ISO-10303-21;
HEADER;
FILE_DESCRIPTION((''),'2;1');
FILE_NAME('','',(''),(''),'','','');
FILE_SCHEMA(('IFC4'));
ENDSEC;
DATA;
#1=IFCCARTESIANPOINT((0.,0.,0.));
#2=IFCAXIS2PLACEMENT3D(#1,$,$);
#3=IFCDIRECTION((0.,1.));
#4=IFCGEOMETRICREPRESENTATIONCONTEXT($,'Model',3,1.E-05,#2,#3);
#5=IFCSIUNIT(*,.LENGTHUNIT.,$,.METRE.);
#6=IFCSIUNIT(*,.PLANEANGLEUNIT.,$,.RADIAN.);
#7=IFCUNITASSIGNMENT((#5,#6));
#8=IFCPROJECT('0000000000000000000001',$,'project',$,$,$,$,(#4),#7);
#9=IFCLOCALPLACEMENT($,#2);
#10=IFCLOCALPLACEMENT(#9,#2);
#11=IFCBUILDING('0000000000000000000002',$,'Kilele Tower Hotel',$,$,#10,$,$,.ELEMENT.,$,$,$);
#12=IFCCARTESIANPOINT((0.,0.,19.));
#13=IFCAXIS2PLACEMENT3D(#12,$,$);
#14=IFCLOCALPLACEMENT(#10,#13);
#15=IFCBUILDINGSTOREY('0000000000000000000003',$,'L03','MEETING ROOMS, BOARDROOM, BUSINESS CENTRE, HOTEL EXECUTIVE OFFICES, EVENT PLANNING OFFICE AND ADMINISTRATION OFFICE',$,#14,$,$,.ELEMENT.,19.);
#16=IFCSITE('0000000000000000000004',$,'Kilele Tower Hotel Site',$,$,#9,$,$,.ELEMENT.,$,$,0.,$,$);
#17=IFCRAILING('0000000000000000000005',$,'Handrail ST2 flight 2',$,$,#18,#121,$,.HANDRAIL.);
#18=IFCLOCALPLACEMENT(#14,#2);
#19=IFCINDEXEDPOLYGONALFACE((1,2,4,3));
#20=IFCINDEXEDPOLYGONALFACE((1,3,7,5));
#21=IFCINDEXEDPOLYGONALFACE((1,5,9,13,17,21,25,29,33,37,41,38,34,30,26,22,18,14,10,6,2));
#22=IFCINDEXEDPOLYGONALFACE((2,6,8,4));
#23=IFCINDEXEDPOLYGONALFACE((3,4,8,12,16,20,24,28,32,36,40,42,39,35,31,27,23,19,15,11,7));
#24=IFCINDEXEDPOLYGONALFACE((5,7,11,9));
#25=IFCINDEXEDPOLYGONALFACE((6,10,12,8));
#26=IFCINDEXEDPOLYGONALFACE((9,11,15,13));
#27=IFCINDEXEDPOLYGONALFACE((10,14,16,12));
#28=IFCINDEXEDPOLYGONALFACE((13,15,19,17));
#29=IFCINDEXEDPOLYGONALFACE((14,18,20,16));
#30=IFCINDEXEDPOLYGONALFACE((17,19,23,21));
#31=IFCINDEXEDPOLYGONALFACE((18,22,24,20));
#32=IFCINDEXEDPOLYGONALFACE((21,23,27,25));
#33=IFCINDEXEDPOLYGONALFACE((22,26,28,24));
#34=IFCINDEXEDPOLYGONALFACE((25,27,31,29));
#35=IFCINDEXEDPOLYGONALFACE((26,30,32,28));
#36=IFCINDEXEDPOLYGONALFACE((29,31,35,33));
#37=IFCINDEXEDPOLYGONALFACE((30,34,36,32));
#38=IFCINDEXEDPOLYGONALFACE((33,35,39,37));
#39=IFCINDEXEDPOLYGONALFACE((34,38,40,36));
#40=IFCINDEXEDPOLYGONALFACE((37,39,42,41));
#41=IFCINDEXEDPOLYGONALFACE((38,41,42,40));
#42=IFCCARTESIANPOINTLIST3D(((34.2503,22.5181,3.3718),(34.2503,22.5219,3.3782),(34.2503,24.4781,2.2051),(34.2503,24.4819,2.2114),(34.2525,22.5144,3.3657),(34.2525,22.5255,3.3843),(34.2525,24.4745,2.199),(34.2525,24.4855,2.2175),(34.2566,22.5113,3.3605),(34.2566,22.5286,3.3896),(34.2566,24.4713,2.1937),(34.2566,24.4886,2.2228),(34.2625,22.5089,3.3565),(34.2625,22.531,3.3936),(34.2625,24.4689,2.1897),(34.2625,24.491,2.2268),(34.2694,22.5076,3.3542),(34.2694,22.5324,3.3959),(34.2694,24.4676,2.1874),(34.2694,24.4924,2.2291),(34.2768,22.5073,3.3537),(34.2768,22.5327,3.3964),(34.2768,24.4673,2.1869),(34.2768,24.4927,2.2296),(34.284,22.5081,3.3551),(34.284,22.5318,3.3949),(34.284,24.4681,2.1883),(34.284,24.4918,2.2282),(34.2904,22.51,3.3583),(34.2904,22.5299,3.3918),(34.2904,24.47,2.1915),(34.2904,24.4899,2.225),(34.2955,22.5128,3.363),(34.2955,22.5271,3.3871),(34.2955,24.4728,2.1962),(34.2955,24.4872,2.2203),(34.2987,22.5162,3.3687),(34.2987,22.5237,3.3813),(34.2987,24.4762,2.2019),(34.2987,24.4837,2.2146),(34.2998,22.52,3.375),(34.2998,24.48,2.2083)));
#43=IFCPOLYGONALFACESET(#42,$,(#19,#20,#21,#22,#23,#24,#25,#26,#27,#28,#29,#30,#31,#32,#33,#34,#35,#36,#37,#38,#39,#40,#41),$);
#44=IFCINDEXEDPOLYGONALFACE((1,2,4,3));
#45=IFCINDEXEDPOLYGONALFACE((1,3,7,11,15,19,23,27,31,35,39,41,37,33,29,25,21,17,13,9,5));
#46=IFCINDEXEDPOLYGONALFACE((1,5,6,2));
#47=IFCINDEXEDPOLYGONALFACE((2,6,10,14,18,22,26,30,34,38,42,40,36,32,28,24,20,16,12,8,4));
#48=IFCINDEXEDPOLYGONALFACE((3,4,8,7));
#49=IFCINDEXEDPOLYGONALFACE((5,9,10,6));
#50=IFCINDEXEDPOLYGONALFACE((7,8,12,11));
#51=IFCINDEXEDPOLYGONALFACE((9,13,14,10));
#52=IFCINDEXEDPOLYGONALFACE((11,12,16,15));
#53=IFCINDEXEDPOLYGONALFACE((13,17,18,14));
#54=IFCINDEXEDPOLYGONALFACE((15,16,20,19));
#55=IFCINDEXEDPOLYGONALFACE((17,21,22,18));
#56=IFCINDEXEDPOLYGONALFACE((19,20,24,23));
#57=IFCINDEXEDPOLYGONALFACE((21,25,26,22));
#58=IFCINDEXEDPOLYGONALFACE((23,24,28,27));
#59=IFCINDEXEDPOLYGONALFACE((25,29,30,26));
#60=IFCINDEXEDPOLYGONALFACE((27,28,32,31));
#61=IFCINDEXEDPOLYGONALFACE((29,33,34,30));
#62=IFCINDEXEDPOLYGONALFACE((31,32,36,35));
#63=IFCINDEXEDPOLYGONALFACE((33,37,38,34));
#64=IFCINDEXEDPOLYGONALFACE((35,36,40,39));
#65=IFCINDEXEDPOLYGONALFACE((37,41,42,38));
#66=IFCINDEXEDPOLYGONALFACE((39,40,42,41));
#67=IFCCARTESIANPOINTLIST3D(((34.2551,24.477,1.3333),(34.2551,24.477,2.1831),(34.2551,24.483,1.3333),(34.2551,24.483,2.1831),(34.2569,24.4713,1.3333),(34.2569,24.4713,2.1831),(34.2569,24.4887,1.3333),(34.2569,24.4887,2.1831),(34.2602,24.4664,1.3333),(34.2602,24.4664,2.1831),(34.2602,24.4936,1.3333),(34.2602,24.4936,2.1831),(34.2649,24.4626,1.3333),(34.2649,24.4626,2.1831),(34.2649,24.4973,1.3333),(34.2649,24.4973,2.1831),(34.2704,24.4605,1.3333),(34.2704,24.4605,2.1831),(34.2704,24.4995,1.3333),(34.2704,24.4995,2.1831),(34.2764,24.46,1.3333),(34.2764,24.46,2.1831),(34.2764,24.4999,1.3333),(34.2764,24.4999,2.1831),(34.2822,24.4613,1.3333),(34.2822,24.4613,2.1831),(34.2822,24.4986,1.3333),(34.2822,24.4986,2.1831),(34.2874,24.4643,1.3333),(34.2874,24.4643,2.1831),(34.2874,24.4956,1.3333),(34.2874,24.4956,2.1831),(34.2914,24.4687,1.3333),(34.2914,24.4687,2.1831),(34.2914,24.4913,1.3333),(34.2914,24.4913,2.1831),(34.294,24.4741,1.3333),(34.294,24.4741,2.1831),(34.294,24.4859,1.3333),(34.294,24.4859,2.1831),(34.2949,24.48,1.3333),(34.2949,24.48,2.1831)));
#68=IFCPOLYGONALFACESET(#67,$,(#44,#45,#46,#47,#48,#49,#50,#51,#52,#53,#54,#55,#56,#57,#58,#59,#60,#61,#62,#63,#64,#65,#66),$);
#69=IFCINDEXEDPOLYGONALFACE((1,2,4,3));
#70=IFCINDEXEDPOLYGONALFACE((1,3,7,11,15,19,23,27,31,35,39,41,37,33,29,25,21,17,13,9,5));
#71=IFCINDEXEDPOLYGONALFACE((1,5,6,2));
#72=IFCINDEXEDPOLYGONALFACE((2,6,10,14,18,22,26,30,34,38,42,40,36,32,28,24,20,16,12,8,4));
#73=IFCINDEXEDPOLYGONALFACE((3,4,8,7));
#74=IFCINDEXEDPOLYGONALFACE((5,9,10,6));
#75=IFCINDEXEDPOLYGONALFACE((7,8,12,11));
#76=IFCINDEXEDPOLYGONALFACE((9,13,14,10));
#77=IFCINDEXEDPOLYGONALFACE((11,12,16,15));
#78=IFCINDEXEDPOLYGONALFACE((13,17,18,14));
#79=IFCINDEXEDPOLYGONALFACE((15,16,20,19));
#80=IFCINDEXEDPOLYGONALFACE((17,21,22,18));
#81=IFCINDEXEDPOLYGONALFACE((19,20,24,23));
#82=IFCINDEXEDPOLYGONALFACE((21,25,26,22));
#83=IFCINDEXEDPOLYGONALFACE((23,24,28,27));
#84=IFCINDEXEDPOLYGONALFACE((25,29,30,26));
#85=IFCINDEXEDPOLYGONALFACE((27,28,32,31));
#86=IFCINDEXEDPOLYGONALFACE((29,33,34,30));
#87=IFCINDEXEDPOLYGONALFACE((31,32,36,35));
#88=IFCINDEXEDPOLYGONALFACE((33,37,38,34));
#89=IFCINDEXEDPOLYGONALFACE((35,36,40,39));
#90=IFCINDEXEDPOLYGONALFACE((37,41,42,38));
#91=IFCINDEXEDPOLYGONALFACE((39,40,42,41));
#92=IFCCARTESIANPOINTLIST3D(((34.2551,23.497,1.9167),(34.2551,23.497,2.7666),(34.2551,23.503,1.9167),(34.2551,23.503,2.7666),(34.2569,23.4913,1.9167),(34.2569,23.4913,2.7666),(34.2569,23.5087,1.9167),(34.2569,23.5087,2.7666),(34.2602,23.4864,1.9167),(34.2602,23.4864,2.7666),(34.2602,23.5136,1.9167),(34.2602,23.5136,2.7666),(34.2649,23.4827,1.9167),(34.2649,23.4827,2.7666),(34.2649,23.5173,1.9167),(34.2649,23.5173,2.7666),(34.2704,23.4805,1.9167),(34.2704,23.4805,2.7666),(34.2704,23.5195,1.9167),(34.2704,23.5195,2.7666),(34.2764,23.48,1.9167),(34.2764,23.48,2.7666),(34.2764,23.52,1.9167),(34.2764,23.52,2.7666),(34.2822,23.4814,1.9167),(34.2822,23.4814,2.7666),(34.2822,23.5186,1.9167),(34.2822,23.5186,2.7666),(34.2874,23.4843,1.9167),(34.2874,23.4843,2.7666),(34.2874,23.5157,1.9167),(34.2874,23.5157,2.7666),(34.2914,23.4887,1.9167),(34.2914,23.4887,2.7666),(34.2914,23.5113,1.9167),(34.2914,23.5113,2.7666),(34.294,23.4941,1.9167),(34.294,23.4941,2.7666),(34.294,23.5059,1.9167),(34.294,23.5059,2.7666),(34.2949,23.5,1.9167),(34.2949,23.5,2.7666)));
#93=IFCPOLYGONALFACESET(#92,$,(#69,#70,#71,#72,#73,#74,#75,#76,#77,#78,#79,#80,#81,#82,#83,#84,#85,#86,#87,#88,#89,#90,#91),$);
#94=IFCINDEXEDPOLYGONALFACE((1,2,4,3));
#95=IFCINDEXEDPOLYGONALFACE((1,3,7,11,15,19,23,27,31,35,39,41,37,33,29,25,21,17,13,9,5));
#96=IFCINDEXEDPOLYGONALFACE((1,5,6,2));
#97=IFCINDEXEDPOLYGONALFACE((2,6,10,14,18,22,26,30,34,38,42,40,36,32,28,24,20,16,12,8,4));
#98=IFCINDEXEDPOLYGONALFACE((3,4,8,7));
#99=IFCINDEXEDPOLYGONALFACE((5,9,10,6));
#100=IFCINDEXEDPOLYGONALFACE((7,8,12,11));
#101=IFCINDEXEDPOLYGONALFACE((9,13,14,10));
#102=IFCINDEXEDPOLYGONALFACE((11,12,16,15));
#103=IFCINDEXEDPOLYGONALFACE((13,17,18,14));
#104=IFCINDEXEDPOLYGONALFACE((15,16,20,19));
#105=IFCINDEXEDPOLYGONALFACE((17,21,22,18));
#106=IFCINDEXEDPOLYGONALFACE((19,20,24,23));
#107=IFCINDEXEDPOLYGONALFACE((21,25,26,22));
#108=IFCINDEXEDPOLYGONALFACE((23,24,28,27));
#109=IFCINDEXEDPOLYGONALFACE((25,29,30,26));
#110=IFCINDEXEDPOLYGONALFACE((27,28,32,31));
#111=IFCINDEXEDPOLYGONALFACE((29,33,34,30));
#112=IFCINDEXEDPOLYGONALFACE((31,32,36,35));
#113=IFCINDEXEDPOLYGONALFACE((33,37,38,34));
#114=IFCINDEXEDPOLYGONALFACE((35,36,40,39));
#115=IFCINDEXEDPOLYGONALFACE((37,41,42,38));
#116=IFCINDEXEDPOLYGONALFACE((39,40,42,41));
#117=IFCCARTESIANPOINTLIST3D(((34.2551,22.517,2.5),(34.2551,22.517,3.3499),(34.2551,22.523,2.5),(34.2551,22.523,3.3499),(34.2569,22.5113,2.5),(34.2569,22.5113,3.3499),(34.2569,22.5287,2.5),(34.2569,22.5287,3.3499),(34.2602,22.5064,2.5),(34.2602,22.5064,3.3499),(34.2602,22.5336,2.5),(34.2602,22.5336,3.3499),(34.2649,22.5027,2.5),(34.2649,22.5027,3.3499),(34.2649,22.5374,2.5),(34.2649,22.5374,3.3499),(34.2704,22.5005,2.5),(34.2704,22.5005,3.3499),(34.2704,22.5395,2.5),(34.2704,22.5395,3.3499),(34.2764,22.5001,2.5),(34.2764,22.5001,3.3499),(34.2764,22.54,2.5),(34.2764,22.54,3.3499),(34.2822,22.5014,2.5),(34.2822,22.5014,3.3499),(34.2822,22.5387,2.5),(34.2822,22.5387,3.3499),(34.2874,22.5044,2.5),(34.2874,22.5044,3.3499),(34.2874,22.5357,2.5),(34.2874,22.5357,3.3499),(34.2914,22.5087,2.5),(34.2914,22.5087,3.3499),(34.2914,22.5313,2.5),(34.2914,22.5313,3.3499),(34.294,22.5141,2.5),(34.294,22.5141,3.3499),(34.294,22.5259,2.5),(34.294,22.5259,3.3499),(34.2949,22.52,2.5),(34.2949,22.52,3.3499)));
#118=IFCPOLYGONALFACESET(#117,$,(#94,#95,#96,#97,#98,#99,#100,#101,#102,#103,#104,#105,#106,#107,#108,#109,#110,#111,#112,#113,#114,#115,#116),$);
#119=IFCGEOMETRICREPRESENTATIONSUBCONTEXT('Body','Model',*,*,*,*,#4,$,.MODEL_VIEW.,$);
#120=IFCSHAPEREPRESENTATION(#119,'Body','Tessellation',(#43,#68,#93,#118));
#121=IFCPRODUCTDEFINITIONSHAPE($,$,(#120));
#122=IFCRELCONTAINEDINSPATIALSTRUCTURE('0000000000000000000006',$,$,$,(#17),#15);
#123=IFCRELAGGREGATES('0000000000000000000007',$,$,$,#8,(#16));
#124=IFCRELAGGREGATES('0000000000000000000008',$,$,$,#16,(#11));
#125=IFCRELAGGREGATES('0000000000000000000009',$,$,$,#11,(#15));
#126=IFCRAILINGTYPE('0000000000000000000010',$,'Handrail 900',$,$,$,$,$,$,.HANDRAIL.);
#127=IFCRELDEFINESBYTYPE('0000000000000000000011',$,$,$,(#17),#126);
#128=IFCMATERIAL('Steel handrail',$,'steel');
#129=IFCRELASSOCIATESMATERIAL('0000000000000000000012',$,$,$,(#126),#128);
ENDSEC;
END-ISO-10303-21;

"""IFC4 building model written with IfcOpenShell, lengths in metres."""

from ifc_helpers import new_model, si_unit, direction, frame, origin, origin_2d, place, context, subcontext, project, spatial, circle, extrude, material, type_object, element, save


model = new_model("IFC4")

# Units and contexts
model_context = context("Model", 3, precision=1e-05, world=origin(), true_north=direction((0.0, 1.0)))
body_context = subcontext(model_context, "Body", "Model", "MODEL_VIEW")
ifc_project = project(units=[si_unit("LENGTHUNIT", "METRE"), si_unit("PLANEANGLEUNIT", "RADIAN")], contexts=[model_context])

# Site, building, storey
site_placement = place(None, origin())
site = spatial("IfcSite", under=ifc_project, at=site_placement, Name="Kilele Tower Hotel Site", CompositionType="ELEMENT", RefElevation=0.0)
building_placement = place(site_placement, origin())
building = spatial("IfcBuilding", under=site, at=building_placement, Name="Kilele Tower Hotel", CompositionType="ELEMENT")
storey_placement = place(building_placement, frame((0.0, 0.0, 19.0)))
storey = spatial("IfcBuildingStorey", under=building, at=storey_placement, Name="L03", Description="MEETING ROOMS, BOARDROOM, BUSINESS CENTRE, HOTEL EXECUTIVE OFFICES, EVENT PLANNING OFFICE AND ADMINISTRATION OFFICE", CompositionType="ELEMENT", Elevation=19.0)

# Railing
ifc_material_1 = material(Name="Steel handrail", Category="steel")
railing_type_1 = type_object("IfcRailingType", Name="Handrail 900", PredefinedType="HANDRAIL", material=ifc_material_1)
railing_1_placement = place(storey_placement, frame((34.2749, 24.48, 1.3333)))
element("IfcRailing", 1, at=railing_1_placement, inside=storey, type_object=railing_type_1, Name="Handrail ST2 flight 2", PredefinedType="HANDRAIL", context=body_context, shape_type="SweptSolid", body=[
    extrude(circle(Radius=0.0249, at=origin_2d()), frame((0.0, 0.0, 0.875), z_axis=(0.0, -0.859273, 0.511518), x_axis=(1.0, 0.0, 0.0)), (0.0, 0.0, 1.0), 2.281),
    extrude(circle(Radius=0.02, at=origin_2d()), origin(), (0.0, 0.0, 1.0), 0.8499),
    extrude(circle(Radius=0.02, at=origin_2d()), frame((0.0, -0.98, 0.5835)), (0.0, 0.0, 1.0), 0.8499),
    extrude(circle(Radius=0.02, at=origin_2d()), frame((0.0, -1.96, 1.1667)), (0.0, 0.0, 1.0), 0.8499),
])

save(model, "model.ifc")
